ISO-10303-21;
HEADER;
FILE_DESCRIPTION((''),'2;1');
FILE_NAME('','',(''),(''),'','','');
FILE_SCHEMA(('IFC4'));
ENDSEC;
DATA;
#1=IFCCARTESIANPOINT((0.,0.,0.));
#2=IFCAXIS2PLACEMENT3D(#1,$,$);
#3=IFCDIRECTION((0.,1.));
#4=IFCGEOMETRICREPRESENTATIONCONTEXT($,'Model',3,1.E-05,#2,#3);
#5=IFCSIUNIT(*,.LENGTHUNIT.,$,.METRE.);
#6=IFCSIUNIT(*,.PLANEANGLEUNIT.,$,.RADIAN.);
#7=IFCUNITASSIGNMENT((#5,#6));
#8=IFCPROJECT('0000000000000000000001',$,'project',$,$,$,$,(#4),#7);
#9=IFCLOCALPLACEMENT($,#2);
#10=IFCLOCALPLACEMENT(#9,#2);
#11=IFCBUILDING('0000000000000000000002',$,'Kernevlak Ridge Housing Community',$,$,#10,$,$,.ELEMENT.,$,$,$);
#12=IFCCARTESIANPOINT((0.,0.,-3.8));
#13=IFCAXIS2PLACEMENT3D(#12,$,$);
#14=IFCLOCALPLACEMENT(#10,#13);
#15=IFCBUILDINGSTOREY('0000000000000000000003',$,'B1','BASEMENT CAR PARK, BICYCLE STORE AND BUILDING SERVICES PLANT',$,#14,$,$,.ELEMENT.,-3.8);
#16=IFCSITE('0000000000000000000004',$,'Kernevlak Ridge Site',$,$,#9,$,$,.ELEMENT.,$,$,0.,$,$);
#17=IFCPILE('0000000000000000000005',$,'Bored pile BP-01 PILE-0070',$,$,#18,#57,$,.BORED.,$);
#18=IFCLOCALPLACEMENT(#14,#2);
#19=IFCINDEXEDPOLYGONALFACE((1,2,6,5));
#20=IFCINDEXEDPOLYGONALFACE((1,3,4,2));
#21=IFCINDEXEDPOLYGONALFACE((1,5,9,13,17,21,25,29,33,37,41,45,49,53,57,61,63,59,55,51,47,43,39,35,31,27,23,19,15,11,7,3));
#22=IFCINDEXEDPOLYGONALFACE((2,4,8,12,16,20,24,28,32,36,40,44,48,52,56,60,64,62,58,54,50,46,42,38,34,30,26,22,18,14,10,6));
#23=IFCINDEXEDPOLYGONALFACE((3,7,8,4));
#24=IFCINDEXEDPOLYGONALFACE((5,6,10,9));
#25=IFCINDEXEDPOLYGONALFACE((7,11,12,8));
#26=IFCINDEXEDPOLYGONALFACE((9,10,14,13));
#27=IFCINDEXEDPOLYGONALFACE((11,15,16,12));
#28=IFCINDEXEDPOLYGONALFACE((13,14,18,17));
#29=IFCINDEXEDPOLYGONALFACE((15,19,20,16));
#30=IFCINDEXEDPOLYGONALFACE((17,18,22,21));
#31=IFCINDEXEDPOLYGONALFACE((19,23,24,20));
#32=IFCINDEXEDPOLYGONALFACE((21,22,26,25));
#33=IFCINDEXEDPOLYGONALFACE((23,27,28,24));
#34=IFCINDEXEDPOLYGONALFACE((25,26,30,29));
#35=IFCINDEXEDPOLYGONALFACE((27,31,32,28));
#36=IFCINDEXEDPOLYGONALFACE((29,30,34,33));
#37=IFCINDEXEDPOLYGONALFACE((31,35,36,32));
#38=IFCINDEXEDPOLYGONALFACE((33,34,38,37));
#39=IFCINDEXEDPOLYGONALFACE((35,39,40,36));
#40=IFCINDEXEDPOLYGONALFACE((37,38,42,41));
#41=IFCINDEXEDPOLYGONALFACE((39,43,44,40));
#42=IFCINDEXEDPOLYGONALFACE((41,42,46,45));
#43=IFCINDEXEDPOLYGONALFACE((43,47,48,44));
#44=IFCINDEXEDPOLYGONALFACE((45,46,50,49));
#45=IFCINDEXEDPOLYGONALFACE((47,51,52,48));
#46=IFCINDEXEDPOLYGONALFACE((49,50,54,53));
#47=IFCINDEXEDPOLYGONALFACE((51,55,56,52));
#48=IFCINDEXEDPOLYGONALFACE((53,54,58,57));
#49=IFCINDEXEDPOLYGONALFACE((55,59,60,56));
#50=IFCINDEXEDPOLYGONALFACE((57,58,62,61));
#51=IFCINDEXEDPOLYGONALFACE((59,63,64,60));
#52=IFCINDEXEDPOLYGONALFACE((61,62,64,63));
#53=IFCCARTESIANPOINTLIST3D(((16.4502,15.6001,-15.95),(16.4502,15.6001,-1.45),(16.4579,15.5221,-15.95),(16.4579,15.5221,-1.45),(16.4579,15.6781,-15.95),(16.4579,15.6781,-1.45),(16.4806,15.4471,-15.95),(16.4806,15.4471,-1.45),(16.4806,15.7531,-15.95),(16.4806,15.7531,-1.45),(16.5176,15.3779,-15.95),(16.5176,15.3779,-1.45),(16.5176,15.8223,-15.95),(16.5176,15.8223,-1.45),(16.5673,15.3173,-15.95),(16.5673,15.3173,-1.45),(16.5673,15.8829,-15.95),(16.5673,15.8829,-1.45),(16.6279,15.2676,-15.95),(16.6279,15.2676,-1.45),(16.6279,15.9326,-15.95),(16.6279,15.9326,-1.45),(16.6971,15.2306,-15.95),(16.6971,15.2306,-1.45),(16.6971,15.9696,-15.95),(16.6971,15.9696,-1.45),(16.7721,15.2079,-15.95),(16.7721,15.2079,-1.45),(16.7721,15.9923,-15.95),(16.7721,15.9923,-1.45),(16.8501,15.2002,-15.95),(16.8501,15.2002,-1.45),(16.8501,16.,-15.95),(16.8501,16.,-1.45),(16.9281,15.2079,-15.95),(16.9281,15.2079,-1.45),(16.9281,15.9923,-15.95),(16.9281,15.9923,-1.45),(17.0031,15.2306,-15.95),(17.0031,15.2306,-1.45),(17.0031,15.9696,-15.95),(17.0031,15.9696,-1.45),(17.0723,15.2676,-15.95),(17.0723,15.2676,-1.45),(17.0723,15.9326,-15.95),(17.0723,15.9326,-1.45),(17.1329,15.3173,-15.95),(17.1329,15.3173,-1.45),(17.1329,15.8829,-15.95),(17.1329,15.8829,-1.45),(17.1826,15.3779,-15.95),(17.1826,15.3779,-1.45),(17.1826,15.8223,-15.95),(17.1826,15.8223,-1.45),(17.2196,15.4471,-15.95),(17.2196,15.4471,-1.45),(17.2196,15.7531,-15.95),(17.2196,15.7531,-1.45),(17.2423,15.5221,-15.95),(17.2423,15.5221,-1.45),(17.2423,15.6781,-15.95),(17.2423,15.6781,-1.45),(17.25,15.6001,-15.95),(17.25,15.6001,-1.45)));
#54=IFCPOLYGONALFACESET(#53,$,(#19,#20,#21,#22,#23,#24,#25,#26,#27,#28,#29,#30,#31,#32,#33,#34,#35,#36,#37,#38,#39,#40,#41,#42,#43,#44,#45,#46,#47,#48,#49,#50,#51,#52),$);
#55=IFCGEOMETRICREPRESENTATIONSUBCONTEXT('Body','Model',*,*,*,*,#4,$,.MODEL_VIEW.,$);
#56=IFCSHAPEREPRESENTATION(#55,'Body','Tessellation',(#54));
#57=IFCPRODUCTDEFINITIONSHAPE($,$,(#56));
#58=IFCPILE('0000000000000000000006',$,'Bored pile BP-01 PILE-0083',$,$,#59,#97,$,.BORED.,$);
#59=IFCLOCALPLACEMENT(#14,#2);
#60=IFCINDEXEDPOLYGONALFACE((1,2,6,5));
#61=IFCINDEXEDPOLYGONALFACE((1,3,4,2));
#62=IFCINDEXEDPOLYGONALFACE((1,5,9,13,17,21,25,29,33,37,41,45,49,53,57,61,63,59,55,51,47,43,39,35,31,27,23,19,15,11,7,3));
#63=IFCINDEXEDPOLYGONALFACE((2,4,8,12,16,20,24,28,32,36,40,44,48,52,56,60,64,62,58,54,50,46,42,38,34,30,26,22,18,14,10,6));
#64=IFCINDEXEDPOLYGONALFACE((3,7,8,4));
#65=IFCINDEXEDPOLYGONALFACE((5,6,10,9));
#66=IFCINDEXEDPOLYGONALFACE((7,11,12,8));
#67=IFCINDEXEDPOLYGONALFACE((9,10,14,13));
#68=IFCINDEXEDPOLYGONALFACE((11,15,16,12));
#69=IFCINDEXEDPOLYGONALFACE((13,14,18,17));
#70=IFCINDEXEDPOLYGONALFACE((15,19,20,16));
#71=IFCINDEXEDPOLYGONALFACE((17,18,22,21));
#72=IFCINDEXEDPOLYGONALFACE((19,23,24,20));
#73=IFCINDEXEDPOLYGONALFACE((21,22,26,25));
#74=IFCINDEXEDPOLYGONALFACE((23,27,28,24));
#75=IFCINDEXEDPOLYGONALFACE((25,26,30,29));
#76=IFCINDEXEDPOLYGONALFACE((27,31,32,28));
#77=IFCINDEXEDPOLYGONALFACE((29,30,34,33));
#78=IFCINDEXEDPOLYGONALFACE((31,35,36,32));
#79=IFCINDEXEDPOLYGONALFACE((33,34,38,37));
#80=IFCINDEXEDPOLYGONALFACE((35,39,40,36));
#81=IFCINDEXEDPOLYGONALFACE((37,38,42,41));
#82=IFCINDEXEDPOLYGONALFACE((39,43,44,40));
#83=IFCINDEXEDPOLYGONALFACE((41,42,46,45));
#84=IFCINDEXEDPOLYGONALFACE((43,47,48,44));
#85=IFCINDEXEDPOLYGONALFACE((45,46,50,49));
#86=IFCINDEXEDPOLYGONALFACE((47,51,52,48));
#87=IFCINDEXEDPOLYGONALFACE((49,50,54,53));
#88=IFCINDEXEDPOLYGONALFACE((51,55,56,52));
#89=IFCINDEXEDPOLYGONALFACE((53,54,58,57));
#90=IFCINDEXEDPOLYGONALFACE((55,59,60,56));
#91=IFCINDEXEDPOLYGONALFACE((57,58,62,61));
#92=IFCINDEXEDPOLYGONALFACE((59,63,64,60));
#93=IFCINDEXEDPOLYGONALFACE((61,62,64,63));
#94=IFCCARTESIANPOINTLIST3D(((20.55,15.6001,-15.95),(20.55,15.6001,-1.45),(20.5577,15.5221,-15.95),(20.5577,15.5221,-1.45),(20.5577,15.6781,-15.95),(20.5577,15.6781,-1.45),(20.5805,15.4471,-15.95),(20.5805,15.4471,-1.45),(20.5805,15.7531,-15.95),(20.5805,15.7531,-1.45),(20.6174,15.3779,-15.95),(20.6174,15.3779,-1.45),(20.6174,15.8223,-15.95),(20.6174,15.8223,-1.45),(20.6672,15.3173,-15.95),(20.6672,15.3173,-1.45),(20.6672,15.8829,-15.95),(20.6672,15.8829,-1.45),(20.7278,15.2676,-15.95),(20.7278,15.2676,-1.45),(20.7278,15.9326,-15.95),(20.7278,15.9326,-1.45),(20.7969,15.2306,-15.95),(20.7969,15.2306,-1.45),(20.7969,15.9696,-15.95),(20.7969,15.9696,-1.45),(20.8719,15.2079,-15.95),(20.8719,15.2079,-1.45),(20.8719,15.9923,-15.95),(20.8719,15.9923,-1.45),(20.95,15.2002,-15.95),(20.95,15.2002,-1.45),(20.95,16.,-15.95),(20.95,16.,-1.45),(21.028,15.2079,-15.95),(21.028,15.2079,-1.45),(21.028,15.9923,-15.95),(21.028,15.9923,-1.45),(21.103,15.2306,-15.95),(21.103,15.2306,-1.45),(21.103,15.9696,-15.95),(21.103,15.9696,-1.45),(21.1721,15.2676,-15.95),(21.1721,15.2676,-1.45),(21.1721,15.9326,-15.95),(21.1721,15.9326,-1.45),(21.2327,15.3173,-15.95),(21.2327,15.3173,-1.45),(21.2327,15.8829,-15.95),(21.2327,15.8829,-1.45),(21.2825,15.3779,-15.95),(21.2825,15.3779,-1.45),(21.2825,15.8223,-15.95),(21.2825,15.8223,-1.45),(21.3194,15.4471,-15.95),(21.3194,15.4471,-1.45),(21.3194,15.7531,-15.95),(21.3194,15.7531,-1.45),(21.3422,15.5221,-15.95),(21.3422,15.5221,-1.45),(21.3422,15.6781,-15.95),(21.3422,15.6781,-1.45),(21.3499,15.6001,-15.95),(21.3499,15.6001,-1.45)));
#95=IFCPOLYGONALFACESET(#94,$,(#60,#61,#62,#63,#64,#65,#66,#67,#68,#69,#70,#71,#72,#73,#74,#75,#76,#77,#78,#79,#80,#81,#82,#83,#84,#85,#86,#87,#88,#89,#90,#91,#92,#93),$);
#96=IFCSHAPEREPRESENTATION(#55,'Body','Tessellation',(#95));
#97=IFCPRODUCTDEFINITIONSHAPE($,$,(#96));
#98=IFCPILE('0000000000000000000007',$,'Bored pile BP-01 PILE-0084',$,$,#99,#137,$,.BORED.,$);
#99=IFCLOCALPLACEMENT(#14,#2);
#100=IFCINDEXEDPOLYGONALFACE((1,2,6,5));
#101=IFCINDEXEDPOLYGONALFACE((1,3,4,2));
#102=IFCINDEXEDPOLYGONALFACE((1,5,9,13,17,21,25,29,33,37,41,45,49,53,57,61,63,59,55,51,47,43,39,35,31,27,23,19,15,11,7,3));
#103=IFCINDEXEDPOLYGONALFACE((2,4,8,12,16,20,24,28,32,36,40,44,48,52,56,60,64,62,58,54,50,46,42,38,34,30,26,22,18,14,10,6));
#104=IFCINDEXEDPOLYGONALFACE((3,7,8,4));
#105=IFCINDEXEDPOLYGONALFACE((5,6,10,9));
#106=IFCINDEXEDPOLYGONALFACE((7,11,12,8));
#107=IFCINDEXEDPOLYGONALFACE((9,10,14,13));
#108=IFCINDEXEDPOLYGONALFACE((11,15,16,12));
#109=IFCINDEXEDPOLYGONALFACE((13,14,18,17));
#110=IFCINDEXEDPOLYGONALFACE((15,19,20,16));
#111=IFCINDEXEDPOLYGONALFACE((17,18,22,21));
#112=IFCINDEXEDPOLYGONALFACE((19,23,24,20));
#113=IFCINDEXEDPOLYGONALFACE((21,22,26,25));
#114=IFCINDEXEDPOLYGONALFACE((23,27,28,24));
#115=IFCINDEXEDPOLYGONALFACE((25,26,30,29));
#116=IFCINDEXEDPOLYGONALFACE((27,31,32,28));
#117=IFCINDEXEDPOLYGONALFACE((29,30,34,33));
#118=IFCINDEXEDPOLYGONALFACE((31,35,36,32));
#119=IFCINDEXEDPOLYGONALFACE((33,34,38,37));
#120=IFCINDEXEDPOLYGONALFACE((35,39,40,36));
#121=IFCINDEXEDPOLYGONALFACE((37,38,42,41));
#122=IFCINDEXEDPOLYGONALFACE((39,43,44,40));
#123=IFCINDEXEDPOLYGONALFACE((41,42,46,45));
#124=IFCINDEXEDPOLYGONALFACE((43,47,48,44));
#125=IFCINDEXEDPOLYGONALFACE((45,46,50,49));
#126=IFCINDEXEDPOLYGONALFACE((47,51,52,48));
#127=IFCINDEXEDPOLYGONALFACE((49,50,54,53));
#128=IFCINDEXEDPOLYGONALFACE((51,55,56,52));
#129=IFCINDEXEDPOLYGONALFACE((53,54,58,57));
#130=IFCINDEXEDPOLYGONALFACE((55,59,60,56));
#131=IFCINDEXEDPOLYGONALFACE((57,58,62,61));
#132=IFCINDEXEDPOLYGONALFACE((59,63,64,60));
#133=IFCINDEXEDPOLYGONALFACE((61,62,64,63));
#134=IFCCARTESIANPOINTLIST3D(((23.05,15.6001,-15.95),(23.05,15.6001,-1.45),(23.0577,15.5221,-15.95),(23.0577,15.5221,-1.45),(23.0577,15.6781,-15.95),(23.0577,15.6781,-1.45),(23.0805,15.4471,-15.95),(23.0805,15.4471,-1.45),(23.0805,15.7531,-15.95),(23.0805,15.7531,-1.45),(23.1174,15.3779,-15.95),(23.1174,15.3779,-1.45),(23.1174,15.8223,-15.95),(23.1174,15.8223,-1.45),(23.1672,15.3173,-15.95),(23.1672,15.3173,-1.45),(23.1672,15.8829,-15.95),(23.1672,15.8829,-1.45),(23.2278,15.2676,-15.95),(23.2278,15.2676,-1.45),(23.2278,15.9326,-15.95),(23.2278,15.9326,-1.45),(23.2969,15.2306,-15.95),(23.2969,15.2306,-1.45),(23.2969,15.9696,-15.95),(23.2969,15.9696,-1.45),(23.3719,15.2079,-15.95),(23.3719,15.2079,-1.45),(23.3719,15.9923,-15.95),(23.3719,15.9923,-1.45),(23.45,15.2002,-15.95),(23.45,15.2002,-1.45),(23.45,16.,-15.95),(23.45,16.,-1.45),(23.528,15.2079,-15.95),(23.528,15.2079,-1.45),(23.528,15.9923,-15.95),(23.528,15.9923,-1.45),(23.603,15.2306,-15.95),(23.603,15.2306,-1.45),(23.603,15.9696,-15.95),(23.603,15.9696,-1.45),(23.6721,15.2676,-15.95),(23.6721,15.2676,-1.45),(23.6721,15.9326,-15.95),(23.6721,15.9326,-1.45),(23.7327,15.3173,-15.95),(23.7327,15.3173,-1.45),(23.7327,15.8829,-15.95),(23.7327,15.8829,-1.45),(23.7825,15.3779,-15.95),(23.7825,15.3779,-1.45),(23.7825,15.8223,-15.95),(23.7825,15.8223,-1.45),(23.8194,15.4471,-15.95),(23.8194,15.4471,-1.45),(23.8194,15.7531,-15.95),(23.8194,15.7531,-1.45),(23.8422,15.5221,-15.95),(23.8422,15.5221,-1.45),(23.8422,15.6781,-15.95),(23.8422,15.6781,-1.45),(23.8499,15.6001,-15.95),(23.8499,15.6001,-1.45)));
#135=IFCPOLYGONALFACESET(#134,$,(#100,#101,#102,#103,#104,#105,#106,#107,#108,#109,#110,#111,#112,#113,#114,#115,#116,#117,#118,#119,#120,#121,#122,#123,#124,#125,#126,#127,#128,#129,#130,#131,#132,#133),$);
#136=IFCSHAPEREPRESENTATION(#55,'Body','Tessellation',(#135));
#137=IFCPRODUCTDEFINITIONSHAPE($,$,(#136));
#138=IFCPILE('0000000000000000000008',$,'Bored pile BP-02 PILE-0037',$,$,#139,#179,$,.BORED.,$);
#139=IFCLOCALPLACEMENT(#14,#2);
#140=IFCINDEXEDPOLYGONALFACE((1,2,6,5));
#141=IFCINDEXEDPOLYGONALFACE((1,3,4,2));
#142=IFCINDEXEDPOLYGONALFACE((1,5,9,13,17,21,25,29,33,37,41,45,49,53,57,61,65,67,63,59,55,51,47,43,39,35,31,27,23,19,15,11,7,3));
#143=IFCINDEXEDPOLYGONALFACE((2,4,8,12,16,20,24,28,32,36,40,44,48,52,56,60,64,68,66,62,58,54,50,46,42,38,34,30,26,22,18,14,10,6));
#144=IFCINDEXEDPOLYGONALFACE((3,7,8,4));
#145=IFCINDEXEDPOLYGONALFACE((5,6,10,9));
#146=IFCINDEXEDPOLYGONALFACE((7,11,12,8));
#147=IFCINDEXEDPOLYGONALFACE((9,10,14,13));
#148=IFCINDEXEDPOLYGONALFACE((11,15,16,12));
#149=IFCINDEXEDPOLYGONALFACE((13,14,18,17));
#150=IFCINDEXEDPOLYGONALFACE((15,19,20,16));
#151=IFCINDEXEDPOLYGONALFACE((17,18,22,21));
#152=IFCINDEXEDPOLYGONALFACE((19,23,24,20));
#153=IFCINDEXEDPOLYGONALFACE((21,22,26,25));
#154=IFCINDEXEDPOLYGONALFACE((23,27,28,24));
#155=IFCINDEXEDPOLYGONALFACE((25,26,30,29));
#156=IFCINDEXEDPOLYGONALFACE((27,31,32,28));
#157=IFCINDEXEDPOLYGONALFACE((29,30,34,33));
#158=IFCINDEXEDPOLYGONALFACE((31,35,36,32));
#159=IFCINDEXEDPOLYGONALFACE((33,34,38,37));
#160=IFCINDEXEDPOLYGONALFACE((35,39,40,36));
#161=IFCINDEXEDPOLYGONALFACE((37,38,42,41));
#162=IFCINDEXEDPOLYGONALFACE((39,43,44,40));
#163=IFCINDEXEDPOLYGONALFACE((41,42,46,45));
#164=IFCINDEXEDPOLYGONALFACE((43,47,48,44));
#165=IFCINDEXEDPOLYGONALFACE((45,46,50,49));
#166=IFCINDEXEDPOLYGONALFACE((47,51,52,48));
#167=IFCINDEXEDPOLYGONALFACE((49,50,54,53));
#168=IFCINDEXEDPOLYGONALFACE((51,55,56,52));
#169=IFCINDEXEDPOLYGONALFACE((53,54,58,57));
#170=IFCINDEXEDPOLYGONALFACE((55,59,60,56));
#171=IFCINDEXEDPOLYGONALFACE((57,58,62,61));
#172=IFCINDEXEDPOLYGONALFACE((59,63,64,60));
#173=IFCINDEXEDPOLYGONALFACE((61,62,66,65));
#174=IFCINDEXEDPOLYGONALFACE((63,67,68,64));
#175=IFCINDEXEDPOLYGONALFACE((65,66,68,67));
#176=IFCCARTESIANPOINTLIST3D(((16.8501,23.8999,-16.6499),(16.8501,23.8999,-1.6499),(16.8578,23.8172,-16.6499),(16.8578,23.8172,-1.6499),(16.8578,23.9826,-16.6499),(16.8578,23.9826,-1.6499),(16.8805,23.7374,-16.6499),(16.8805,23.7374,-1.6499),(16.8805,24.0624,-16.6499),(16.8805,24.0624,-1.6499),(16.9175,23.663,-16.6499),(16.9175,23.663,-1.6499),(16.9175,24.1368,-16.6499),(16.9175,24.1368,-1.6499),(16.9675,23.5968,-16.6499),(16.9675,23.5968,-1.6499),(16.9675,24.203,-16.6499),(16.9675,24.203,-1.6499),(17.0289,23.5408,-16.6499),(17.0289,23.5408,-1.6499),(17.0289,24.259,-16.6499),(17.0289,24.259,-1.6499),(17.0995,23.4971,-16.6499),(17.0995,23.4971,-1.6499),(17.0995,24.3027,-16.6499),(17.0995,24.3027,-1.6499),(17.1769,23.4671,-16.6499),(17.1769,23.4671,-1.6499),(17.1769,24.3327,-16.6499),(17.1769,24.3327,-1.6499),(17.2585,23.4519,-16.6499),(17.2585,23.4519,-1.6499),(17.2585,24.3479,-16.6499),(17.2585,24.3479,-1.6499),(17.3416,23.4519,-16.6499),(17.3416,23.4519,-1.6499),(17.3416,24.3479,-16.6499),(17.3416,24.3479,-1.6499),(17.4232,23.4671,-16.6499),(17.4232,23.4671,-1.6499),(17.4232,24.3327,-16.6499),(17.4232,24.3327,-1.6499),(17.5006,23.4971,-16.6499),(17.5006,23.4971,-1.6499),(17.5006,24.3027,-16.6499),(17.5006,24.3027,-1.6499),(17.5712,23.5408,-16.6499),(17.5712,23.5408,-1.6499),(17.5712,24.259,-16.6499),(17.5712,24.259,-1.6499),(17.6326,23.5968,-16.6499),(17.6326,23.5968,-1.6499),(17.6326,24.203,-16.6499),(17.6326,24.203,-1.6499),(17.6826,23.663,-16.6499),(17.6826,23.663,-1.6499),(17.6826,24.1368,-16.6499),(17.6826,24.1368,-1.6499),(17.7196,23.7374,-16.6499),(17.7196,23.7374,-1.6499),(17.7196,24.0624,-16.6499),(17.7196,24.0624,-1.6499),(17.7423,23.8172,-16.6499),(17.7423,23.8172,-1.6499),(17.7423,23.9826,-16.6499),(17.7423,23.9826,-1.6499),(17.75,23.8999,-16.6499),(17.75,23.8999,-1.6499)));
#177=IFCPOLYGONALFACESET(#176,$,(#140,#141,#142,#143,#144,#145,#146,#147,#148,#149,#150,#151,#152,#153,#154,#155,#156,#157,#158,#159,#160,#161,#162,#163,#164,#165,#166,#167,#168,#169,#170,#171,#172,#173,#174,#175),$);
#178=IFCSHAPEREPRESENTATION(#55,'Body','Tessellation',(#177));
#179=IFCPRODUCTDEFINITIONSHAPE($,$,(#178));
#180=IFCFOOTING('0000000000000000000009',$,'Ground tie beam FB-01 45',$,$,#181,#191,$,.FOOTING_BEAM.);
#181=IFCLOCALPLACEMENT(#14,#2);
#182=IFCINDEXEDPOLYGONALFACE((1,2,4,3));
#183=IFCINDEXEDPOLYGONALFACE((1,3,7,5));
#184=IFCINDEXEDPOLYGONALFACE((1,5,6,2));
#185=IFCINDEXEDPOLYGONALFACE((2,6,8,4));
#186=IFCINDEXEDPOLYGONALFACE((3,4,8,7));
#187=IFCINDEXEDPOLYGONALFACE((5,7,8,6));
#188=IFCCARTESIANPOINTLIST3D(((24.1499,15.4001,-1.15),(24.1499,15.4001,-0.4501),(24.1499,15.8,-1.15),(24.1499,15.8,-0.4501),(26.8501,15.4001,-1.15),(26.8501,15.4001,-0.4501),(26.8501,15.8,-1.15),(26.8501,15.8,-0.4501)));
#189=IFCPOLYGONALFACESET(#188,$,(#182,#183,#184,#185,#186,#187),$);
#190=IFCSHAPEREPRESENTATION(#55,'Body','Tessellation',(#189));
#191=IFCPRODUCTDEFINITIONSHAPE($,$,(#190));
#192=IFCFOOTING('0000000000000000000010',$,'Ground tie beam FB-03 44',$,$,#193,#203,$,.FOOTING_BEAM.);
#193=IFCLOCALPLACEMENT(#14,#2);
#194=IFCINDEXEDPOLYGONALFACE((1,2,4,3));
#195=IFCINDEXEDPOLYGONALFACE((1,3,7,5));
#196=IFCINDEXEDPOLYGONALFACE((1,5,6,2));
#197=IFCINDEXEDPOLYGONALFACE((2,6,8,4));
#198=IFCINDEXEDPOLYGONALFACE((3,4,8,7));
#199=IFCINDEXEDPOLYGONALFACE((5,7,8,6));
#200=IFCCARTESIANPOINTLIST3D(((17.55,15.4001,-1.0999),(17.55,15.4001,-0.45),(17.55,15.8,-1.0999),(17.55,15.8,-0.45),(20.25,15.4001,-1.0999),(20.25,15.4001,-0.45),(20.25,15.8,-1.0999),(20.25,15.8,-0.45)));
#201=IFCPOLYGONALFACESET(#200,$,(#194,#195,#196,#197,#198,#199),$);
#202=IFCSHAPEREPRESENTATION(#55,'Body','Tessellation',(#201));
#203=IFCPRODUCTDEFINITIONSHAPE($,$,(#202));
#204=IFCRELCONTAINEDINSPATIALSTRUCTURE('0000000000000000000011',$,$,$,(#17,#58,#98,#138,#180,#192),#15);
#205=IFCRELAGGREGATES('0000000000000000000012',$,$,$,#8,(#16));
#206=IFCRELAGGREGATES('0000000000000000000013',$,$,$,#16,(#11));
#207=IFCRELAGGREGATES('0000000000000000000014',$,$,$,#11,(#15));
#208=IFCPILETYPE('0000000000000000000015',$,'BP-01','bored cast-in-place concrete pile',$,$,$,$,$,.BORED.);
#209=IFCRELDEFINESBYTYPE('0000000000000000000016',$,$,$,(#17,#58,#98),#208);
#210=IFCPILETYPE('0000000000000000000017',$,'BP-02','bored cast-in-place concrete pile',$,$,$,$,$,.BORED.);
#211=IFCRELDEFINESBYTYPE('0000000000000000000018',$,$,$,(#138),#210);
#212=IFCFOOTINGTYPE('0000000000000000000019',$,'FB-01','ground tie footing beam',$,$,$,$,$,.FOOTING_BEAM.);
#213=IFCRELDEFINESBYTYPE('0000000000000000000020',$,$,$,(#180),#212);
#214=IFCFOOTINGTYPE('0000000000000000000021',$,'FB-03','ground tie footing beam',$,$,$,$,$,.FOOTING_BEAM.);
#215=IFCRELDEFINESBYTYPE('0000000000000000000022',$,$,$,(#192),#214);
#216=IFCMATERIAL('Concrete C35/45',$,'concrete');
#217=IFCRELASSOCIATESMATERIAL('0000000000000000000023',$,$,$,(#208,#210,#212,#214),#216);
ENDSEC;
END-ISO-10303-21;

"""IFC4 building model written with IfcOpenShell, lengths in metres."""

from ifc_helpers import new_model, si_unit, direction, frame, origin, origin_2d, place, context, subcontext, project, spatial, rectangle, circle, extrude, material, material_profile, profile_set, type_object, element, save


model = new_model("IFC4")

# Units and contexts
model_context = context("Model", 3, precision=1e-05, world=origin(), true_north=direction((0.0, 1.0)))
body_context = subcontext(model_context, "Body", "Model", "MODEL_VIEW")
ifc_project = project(units=[si_unit("LENGTHUNIT", "METRE"), si_unit("PLANEANGLEUNIT", "RADIAN")], contexts=[model_context])

# Site, building, storey
site_placement = place(None, origin())
site = spatial("IfcSite", under=ifc_project, at=site_placement, Name="Kernevlak Ridge Site", CompositionType="ELEMENT", RefElevation=0.0)
building_placement = place(site_placement, origin())
building = spatial("IfcBuilding", under=site, at=building_placement, Name="Kernevlak Ridge Housing Community", CompositionType="ELEMENT")
storey_placement = place(building_placement, frame((0.0, 0.0, -3.8)))
storey = spatial("IfcBuildingStorey", under=building, at=storey_placement, Name="B1", Description="BASEMENT CAR PARK, BICYCLE STORE AND BUILDING SERVICES PLANT", CompositionType="ELEMENT", Elevation=-3.8)

# Piles
ifc_material_1 = material(Name="Concrete C35/45", Category="concrete")
ifc_material_profile_1 = material_profile(ifc_material_1, circle(Radius=0.3999, at=origin_2d()), Name="BORED PILE 800")
ifc_profile_set_1 = profile_set([ifc_material_profile_1], Name="Concrete C35/45")
pile_type_1 = type_object("IfcPileType", Name="BP-01", Description="bored cast-in-place concrete pile", PredefinedType="BORED", material=ifc_profile_set_1)
for number, where, z_axis, x_axis, name in (
    (1, (16.8501, 15.6001, -1.45), (0.0, 0.0, -1.0), (1.0, 0.0, 0.0), "Bored pile BP-01 PILE-0070"),
    (2, (20.95, 15.6001, -1.45), (0.0, 0.0, -1.0), (1.0, 0.0, 0.0), "Bored pile BP-01 PILE-0083"),
    (3, (23.45, 15.6001, -1.45), (0.0, 0.0, -1.0), (1.0, 0.0, 0.0), "Bored pile BP-01 PILE-0084"),
):
    element("IfcPile", number, at=place(storey_placement, frame(where, z_axis=z_axis, x_axis=x_axis)), inside=storey, type_object=pile_type_1, Name=name, PredefinedType="BORED", context=body_context, shape_type="SweptSolid", body=[
        extrude(circle(Radius=0.3999, at=origin_2d()), origin(), (0.0, 0.0, 1.0), 14.5),
    ])
ifc_material_profile_2 = material_profile(ifc_material_1, circle(Radius=0.45, at=origin_2d()), Name="BORED PILE 900")
ifc_profile_set_2 = profile_set([ifc_material_profile_2], Name="Concrete C35/45")
pile_type_2 = type_object("IfcPileType", Name="BP-02", Description="bored cast-in-place concrete pile", PredefinedType="BORED", material=ifc_profile_set_2)
pile_placement = place(storey_placement, frame((17.3, 23.8999, -1.6499), z_axis=(0.0, 0.0, -1.0), x_axis=(1.0, 0.0, 0.0)))
element("IfcPile", 4, at=pile_placement, inside=storey, type_object=pile_type_2, Name="Bored pile BP-02 PILE-0037", PredefinedType="BORED", context=body_context, shape_type="SweptSolid", body=[
    extrude(circle(Radius=0.45, at=origin_2d()), origin(), (0.0, 0.0, 1.0), 15.0),
])

# Footings
ifc_material_profile_3 = material_profile(ifc_material_1, rectangle(XDim=0.3999, YDim=0.7, at=origin_2d()), Name="RC 400x700")
ifc_profile_set_3 = profile_set([ifc_material_profile_3], Name="Concrete C35/45")
footing_type_1 = type_object("IfcFootingType", Name="FB-01", Description="ground tie footing beam", PredefinedType="FOOTING_BEAM", material=ifc_profile_set_3)
footing_1_placement = place(storey_placement, frame((24.1499, 15.6001, -0.8), z_axis=(1.0, 0.0, 0.0), x_axis=(0.0, 1.0, 0.0)))
element("IfcFooting", 5, at=footing_1_placement, inside=storey, type_object=footing_type_1, Name="Ground tie beam FB-01 45", PredefinedType="FOOTING_BEAM", context=body_context, shape_type="SweptSolid", body=[
    extrude(rectangle(XDim=0.3999, YDim=0.7, at=origin_2d()), origin(), (0.0, 0.0, 1.0), 2.7002),
])
ifc_material_profile_4 = material_profile(ifc_material_1, rectangle(XDim=0.3999, YDim=0.6499, at=origin_2d()), Name="RC 400x650")
ifc_profile_set_4 = profile_set([ifc_material_profile_4], Name="Concrete C35/45")
footing_type_2 = type_object("IfcFootingType", Name="FB-03", Description="ground tie footing beam", PredefinedType="FOOTING_BEAM", material=ifc_profile_set_4)
footing_2_placement = place(storey_placement, frame((17.55, 15.6001, -0.7749), z_axis=(1.0, 0.0, 0.0), x_axis=(0.0, 1.0, 0.0)))
element("IfcFooting", 6, at=footing_2_placement, inside=storey, type_object=footing_type_2, Name="Ground tie beam FB-03 44", PredefinedType="FOOTING_BEAM", context=body_context, shape_type="SweptSolid", body=[
    extrude(rectangle(XDim=0.3999, YDim=0.6499, at=origin_2d()), origin(), (0.0, 0.0, 1.0), 2.7),
])

save(model, "model.ifc")
